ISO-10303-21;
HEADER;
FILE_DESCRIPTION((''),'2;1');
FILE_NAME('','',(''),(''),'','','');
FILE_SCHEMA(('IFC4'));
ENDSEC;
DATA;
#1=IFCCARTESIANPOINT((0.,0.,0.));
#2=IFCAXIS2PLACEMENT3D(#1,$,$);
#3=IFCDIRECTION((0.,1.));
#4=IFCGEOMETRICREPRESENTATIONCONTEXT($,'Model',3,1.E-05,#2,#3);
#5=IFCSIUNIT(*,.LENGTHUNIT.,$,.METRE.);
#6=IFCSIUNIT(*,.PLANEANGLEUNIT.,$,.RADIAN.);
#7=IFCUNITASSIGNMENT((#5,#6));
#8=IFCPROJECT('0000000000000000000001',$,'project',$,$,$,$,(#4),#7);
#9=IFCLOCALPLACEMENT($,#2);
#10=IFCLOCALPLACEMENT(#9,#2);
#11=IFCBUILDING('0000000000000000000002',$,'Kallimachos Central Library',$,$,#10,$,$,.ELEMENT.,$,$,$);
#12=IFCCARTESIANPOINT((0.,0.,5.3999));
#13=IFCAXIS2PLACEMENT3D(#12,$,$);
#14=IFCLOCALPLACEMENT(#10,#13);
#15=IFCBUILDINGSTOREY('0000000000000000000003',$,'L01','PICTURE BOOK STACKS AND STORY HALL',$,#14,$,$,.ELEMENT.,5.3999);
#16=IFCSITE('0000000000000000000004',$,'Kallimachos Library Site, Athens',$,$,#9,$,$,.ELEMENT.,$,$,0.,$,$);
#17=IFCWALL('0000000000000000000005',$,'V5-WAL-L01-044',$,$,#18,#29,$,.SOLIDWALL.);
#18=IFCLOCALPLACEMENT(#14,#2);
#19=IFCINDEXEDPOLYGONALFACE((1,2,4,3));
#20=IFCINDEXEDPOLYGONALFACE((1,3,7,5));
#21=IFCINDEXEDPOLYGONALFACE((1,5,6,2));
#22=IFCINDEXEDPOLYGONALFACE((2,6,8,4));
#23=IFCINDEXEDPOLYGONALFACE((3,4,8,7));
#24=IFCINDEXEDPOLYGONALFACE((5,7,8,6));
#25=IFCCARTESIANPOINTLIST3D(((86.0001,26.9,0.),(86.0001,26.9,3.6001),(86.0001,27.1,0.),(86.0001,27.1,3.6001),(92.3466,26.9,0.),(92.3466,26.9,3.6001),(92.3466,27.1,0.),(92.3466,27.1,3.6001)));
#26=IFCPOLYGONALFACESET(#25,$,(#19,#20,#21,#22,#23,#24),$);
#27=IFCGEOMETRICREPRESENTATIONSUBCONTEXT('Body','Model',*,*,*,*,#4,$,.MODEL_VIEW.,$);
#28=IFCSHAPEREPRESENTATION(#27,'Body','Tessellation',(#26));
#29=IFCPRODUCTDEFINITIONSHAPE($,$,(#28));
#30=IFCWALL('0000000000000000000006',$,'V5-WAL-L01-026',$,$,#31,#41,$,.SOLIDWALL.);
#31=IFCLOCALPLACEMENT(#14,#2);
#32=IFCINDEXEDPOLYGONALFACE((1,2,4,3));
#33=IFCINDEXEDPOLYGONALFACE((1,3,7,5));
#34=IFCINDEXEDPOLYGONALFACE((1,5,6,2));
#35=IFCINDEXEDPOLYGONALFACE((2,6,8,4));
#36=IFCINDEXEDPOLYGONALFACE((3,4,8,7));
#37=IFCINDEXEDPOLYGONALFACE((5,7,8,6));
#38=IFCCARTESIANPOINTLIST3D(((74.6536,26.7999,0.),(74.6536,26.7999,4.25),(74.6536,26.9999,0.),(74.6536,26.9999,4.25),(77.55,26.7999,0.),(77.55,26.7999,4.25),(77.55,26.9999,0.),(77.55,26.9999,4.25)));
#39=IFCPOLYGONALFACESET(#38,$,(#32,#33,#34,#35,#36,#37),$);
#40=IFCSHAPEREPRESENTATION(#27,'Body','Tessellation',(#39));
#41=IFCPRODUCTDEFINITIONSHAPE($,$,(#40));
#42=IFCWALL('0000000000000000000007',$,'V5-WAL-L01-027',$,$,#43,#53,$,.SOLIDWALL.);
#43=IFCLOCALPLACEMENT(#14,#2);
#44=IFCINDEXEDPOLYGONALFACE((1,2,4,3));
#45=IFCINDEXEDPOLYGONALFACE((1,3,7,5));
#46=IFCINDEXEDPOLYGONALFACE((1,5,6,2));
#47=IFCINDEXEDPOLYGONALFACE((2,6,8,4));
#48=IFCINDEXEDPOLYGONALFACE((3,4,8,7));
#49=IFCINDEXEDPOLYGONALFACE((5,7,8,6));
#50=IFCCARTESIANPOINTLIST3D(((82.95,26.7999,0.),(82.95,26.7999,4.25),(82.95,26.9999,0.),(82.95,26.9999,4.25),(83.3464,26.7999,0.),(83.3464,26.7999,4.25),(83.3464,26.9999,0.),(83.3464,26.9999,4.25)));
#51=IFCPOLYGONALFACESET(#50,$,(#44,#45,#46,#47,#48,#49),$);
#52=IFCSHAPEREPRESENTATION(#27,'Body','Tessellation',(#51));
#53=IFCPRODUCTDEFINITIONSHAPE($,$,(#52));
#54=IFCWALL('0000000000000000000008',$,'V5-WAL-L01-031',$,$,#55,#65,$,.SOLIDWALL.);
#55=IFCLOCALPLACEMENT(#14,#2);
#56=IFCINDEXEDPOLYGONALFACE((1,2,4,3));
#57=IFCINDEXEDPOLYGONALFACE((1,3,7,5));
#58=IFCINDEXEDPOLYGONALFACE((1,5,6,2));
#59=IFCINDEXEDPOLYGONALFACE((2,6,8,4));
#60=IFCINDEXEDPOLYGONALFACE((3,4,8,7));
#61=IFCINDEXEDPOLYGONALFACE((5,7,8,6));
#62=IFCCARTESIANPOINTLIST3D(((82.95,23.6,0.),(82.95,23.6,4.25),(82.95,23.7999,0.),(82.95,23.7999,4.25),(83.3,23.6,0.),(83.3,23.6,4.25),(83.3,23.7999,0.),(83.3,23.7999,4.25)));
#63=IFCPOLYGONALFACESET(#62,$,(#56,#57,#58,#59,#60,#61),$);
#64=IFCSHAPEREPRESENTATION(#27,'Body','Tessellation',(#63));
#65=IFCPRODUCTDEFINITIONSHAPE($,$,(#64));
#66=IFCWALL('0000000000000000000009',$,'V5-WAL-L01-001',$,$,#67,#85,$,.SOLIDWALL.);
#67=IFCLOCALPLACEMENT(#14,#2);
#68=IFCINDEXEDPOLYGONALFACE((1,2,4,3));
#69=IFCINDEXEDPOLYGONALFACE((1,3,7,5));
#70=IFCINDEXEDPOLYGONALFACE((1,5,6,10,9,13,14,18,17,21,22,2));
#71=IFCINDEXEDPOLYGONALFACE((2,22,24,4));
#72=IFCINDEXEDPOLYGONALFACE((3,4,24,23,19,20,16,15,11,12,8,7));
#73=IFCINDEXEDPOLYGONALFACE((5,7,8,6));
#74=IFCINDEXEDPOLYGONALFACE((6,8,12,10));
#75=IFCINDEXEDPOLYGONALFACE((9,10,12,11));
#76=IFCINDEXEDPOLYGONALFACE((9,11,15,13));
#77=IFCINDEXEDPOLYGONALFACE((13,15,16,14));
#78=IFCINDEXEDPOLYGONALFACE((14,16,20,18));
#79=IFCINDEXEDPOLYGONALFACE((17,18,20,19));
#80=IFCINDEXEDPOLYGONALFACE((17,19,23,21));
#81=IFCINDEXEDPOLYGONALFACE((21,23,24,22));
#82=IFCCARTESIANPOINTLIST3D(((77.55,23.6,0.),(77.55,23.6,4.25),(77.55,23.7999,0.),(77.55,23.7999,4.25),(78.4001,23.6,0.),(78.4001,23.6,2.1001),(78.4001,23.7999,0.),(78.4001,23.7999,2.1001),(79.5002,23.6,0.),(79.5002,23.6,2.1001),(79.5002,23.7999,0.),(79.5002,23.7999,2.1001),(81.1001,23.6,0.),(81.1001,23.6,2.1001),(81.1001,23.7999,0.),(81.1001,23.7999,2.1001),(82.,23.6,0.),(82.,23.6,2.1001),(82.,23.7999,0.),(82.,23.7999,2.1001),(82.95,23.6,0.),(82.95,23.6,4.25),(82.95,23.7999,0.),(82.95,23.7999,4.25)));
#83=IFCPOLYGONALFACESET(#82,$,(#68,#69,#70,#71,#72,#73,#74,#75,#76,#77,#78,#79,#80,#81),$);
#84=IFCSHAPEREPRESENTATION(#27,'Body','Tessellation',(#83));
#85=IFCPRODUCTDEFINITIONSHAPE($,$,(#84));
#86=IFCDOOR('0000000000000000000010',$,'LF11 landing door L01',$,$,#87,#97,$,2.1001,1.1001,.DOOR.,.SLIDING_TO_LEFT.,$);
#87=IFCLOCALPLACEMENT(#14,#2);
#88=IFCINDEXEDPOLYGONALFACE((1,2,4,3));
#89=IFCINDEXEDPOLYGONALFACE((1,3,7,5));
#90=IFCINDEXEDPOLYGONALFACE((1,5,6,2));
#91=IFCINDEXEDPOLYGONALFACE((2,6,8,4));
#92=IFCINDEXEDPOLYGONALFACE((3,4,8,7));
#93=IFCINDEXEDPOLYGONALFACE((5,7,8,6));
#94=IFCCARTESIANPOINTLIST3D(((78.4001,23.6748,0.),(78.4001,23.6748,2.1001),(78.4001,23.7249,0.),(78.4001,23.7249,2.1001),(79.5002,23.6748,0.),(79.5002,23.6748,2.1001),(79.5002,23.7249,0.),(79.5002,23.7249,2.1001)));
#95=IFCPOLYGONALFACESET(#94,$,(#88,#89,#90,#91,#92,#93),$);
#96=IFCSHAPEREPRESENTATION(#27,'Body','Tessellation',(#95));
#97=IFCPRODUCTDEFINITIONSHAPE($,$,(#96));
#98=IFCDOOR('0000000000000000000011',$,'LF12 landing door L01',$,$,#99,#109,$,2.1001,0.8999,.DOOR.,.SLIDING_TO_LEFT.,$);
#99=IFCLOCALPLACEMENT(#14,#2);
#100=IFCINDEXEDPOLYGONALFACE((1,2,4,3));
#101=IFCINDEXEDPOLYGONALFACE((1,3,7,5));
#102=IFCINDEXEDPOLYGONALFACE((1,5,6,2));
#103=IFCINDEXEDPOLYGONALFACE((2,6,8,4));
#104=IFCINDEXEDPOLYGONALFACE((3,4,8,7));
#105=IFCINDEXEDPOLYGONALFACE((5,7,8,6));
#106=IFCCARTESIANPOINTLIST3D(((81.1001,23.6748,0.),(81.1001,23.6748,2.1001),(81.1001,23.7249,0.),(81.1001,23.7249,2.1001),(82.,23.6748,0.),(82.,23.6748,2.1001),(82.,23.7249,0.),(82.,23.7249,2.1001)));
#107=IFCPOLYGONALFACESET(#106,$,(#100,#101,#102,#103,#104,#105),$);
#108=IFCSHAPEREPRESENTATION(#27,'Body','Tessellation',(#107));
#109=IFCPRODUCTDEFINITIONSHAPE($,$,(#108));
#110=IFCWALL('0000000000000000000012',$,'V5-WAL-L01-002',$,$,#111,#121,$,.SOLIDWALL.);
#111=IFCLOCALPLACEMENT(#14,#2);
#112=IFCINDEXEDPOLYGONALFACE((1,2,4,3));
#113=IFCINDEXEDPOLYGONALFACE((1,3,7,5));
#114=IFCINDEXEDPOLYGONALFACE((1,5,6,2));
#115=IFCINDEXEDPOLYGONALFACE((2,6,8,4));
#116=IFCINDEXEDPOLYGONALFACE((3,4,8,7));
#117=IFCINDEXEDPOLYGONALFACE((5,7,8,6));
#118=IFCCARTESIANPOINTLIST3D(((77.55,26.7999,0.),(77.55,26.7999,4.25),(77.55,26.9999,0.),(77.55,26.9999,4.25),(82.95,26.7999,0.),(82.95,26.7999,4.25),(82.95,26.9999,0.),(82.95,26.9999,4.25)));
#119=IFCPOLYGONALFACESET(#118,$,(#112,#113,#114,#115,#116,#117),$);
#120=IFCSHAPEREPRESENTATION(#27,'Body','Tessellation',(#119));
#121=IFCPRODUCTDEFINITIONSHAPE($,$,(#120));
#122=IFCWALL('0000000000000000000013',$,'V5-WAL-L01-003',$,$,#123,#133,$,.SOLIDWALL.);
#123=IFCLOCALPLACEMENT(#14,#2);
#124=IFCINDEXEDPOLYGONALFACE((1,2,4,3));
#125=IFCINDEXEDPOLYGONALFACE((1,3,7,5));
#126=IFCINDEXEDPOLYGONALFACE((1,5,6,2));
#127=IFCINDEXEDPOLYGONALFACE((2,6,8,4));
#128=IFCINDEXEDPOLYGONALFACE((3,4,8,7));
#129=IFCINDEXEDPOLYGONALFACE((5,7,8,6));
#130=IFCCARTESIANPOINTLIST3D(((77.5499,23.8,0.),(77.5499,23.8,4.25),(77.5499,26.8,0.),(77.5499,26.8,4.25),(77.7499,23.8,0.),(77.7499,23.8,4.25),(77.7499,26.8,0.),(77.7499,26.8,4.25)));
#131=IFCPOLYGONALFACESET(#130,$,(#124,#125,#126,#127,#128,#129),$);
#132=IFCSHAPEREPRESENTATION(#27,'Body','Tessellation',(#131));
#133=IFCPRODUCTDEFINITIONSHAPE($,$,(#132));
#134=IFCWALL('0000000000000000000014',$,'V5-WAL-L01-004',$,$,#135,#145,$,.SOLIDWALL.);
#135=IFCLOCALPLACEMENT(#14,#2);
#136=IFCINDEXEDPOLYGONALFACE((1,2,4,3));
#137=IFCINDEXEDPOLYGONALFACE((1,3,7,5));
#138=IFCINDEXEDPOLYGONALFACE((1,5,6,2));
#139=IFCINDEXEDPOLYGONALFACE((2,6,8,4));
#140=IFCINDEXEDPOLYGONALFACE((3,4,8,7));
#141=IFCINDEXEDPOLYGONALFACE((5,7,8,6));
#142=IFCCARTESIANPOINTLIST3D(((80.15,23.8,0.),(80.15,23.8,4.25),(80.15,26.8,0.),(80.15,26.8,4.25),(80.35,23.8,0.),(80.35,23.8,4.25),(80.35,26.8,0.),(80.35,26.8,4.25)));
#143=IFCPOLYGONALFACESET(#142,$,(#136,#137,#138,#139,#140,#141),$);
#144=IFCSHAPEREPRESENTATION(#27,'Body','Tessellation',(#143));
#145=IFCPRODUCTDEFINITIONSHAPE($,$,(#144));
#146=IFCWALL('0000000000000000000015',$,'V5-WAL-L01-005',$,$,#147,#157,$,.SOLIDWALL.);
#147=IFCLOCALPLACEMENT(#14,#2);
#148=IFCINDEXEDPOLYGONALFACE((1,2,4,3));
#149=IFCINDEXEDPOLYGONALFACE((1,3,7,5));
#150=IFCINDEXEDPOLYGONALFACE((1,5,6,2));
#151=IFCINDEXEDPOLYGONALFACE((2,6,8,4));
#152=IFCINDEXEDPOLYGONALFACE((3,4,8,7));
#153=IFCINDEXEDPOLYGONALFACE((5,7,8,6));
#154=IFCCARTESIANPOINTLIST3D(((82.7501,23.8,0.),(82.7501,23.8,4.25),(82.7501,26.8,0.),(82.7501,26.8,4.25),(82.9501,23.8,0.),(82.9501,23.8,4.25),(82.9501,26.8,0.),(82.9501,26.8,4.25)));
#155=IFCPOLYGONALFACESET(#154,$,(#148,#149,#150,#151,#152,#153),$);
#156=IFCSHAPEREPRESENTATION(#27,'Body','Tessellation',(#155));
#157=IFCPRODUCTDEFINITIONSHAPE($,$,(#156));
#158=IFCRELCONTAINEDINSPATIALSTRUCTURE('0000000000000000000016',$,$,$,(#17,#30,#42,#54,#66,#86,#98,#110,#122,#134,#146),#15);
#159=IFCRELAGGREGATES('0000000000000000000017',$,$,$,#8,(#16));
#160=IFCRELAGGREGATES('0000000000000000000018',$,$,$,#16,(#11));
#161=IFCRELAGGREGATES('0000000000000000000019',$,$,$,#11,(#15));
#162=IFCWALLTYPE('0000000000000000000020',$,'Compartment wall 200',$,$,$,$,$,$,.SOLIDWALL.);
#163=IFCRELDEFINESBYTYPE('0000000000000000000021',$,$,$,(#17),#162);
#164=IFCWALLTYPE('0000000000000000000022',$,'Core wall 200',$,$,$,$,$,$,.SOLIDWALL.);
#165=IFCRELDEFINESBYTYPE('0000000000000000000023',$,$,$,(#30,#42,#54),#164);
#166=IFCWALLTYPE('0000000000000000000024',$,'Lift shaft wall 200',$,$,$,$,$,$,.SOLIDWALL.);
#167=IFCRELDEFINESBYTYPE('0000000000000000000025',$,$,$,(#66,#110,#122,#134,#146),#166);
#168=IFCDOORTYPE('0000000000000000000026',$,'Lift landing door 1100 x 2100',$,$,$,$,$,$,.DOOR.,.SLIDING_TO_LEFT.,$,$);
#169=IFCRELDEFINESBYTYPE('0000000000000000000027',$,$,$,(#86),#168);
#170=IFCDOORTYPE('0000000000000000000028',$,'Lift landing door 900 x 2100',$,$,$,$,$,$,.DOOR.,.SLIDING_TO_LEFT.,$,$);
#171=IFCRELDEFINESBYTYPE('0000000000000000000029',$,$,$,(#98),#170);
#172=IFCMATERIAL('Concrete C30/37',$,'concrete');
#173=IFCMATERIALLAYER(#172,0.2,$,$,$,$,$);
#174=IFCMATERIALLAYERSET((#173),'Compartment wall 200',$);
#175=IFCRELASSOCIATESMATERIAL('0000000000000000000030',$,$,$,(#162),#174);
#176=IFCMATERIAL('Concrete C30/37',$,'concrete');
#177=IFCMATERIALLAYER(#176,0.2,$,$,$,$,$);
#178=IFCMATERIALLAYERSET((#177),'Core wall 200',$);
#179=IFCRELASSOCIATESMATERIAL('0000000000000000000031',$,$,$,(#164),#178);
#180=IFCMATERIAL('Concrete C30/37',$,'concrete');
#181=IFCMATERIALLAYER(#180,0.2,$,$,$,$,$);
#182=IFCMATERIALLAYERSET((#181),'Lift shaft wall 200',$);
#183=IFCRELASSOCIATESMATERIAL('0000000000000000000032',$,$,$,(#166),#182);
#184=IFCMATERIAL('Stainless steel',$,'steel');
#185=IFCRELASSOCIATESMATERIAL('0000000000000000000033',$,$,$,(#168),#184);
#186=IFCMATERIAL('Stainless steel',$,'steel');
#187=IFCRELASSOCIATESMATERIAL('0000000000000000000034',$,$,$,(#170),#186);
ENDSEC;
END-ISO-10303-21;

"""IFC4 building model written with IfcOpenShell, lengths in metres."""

from ifc_helpers import new_model, si_unit, direction, frame, frame_2d, origin, place, context, subcontext, project, spatial, rectangle, extrude, material, layer, layer_set, type_object, element, fill, save


model = new_model("IFC4")

# Units and contexts
model_context = context("Model", 3, precision=1e-05, world=origin(), true_north=direction((0.0, 1.0)))
body_context = subcontext(model_context, "Body", "Model", "MODEL_VIEW")
ifc_project = project(units=[si_unit("LENGTHUNIT", "METRE"), si_unit("PLANEANGLEUNIT", "RADIAN")], contexts=[model_context])

# Site, building, storey
site_placement = place(None, origin())
site = spatial("IfcSite", under=ifc_project, at=site_placement, Name="Kallimachos Library Site, Athens", CompositionType="ELEMENT", RefElevation=0.0)
building_placement = place(site_placement, origin())
building = spatial("IfcBuilding", under=site, at=building_placement, Name="Kallimachos Central Library", CompositionType="ELEMENT")
storey_placement = place(building_placement, frame((0.0, 0.0, 5.3999)))
storey = spatial("IfcBuildingStorey", under=building, at=storey_placement, Name="L01", Description="PICTURE BOOK STACKS AND STORY HALL", CompositionType="ELEMENT", Elevation=5.3999)

# Walls
ifc_material_1 = material(Name="Concrete C30/37", Category="concrete")
ifc_layer_1 = layer(ifc_material_1, 0.2)
ifc_layer_set_1 = layer_set([ifc_layer_1], Name="Compartment wall 200")
wall_type_1 = type_object("IfcWallType", Name="Compartment wall 200", PredefinedType="SOLIDWALL", material=ifc_layer_set_1)
wall_1_placement = place(storey_placement, frame((86.0, 27.0, 0.0), z_axis=(0.0, 0.0, 1.0), x_axis=(1.0, 0.0, 0.0)))
element("IfcWall", 1, at=wall_1_placement, inside=storey, type_object=wall_type_1, Name="V5-WAL-L01-044", PredefinedType="SOLIDWALL", context=body_context, shape_type="SweptSolid", body=[
    extrude(rectangle(XDim=6.3464, YDim=0.2, at=frame_2d((3.1733, 0.0))), origin(), (0.0, 0.0, 1.0), 3.6001),
])
ifc_material_2 = material(Name="Concrete C30/37", Category="concrete")
ifc_layer_2 = layer(ifc_material_2, 0.2)
ifc_layer_set_2 = layer_set([ifc_layer_2], Name="Core wall 200")
wall_type_2 = type_object("IfcWallType", Name="Core wall 200", PredefinedType="SOLIDWALL", material=ifc_layer_set_2)
wall_2_placement = place(storey_placement, frame((74.6536, 26.8999, 0.0), z_axis=(0.0, 0.0, 1.0), x_axis=(1.0, 0.0, 0.0)))
element("IfcWall", 2, at=wall_2_placement, inside=storey, type_object=wall_type_2, Name="V5-WAL-L01-026", PredefinedType="SOLIDWALL", context=body_context, shape_type="SweptSolid", body=[
    extrude(rectangle(XDim=2.8965, YDim=0.2, at=frame_2d((1.4482, 0.0))), origin(), (0.0, 0.0, 1.0), 4.25),
])
wall_3_placement = place(storey_placement, frame((82.95, 26.8999, 0.0), z_axis=(0.0, 0.0, 1.0), x_axis=(1.0, 0.0, 0.0)))
element("IfcWall", 3, at=wall_3_placement, inside=storey, type_object=wall_type_2, Name="V5-WAL-L01-027", PredefinedType="SOLIDWALL", context=body_context, shape_type="SweptSolid", body=[
    extrude(rectangle(XDim=0.3965, YDim=0.2, at=frame_2d((0.1982, 0.0))), origin(), (0.0, 0.0, 1.0), 4.25),
])
wall_4_placement = place(storey_placement, frame((82.95, 23.7, 0.0), z_axis=(0.0, 0.0, 1.0), x_axis=(1.0, 0.0, 0.0)))
element("IfcWall", 4, at=wall_4_placement, inside=storey, type_object=wall_type_2, Name="V5-WAL-L01-031", PredefinedType="SOLIDWALL", context=body_context, shape_type="SweptSolid", body=[
    extrude(rectangle(XDim=0.3501, YDim=0.2, at=frame_2d((0.175, 0.0))), origin(), (0.0, 0.0, 1.0), 4.25),
])

# Wall, openings, doors
ifc_material_3 = material(Name="Concrete C30/37", Category="concrete")
ifc_layer_3 = layer(ifc_material_3, 0.2)
ifc_layer_set_3 = layer_set([ifc_layer_3], Name="Lift shaft wall 200")
wall_type_3 = type_object("IfcWallType", Name="Lift shaft wall 200", PredefinedType="SOLIDWALL", material=ifc_layer_set_3)
wall_5_placement = place(storey_placement, frame((77.55, 23.7, 0.0), z_axis=(0.0, 0.0, 1.0), x_axis=(1.0, 0.0, 0.0)))
wall_5 = element("IfcWall", 5, at=wall_5_placement, inside=storey, type_object=wall_type_3, Name="V5-WAL-L01-001", PredefinedType="SOLIDWALL", context=body_context, shape_type="SweptSolid", body=[
    extrude(rectangle(XDim=5.3999, YDim=0.2, at=frame_2d((2.7, 0.0))), origin(), (0.0, 0.0, 1.0), 4.25),
])
opening_1_placement = place(wall_5_placement, frame((0.8501, 0.0, 0.0)))
opening_1 = element("IfcOpeningElement", 6, at=opening_1_placement, cuts=wall_5, PredefinedType="OPENING", context=body_context, shape_type="SweptSolid", body=[
    extrude(rectangle(XDim=1.1001, YDim=2.1001, at=frame_2d((0.55, 1.05))), frame((0.0, 0.1099, 0.0), z_axis=(0.0, -1.0, 0.0), x_axis=(1.0, 0.0, 0.0)), (0.0, 0.0, 1.0), 0.22),
])
opening_2_placement = place(wall_5_placement, frame((3.55, 0.0, 0.0)))
opening_2 = element("IfcOpeningElement", 7, at=opening_2_placement, cuts=wall_5, PredefinedType="OPENING", context=body_context, shape_type="SweptSolid", body=[
    extrude(rectangle(XDim=0.8999, YDim=2.1001, at=frame_2d((0.45, 1.05))), frame((0.0, 0.1099, 0.0), z_axis=(0.0, -1.0, 0.0), x_axis=(1.0, 0.0, 0.0)), (0.0, 0.0, 1.0), 0.22),
])
ifc_material_4 = material(Name="Stainless steel", Category="steel")
door_type_1 = type_object("IfcDoorType", Name="Lift landing door 1100 x 2100", OperationType="SLIDING_TO_LEFT", PredefinedType="DOOR", material=ifc_material_4)
door_1_placement = place(opening_1_placement, origin())
door_1 = element("IfcDoor", 8, at=door_1_placement, inside=storey, type_object=door_type_1, Name="LF11 landing door L01", OperationType="SLIDING_TO_LEFT", OverallHeight=2.1001, OverallWidth=1.1001, PredefinedType="DOOR", context=body_context, shape_type="SweptSolid", body=[
    extrude(rectangle(XDim=1.1001, YDim=2.1001, at=frame_2d((0.55, 1.05))), frame((0.0, 0.0249, 0.0), z_axis=(0.0, -1.0, 0.0), x_axis=(1.0, 0.0, 0.0)), (0.0, 0.0, 1.0), 0.05),
])
fill(opening_1, door_1)
ifc_material_5 = material(Name="Stainless steel", Category="steel")
door_type_2 = type_object("IfcDoorType", Name="Lift landing door 900 x 2100", OperationType="SLIDING_TO_LEFT", PredefinedType="DOOR", material=ifc_material_5)
door_2_placement = place(opening_2_placement, origin())
door_2 = element("IfcDoor", 9, at=door_2_placement, inside=storey, type_object=door_type_2, Name="LF12 landing door L01", OperationType="SLIDING_TO_LEFT", OverallHeight=2.1001, OverallWidth=0.8999, PredefinedType="DOOR", context=body_context, shape_type="SweptSolid", body=[
    extrude(rectangle(XDim=0.8999, YDim=2.1001, at=frame_2d((0.45, 1.05))), frame((0.0, 0.0249, 0.0), z_axis=(0.0, -1.0, 0.0), x_axis=(1.0, 0.0, 0.0)), (0.0, 0.0, 1.0), 0.05),
])
fill(opening_2, door_2)

# Walls
wall_6_placement = place(storey_placement, frame((77.55, 26.8999, 0.0), z_axis=(0.0, 0.0, 1.0), x_axis=(1.0, 0.0, 0.0)))
element("IfcWall", 10, at=wall_6_placement, inside=storey, type_object=wall_type_3, Name="V5-WAL-L01-002", PredefinedType="SOLIDWALL", context=body_context, shape_type="SweptSolid", body=[
    extrude(rectangle(XDim=5.3999, YDim=0.2, at=frame_2d((2.7, 0.0))), origin(), (0.0, 0.0, 1.0), 4.25),
])
for number, where, z_axis, x_axis, name in (
    (11, (77.6499, 23.8, 0.0), (0.0, 0.0, 1.0), (0.0, 1.0, 0.0), "V5-WAL-L01-003"),
    (12, (80.25, 23.8, 0.0), (0.0, 0.0, 1.0), (0.0, 1.0, 0.0), "V5-WAL-L01-004"),
    (13, (82.8501, 23.8, 0.0), (0.0, 0.0, 1.0), (0.0, 1.0, 0.0), "V5-WAL-L01-005"),
):
    element("IfcWall", number, at=place(storey_placement, frame(where, z_axis=z_axis, x_axis=x_axis)), inside=storey, type_object=wall_type_3, Name=name, PredefinedType="SOLIDWALL", context=body_context, shape_type="SweptSolid", body=[
        extrude(rectangle(XDim=3.0, YDim=0.2, at=frame_2d((1.5, 0.0))), origin(), (0.0, 0.0, 1.0), 4.25),
    ])

save(model, "model.ifc")
